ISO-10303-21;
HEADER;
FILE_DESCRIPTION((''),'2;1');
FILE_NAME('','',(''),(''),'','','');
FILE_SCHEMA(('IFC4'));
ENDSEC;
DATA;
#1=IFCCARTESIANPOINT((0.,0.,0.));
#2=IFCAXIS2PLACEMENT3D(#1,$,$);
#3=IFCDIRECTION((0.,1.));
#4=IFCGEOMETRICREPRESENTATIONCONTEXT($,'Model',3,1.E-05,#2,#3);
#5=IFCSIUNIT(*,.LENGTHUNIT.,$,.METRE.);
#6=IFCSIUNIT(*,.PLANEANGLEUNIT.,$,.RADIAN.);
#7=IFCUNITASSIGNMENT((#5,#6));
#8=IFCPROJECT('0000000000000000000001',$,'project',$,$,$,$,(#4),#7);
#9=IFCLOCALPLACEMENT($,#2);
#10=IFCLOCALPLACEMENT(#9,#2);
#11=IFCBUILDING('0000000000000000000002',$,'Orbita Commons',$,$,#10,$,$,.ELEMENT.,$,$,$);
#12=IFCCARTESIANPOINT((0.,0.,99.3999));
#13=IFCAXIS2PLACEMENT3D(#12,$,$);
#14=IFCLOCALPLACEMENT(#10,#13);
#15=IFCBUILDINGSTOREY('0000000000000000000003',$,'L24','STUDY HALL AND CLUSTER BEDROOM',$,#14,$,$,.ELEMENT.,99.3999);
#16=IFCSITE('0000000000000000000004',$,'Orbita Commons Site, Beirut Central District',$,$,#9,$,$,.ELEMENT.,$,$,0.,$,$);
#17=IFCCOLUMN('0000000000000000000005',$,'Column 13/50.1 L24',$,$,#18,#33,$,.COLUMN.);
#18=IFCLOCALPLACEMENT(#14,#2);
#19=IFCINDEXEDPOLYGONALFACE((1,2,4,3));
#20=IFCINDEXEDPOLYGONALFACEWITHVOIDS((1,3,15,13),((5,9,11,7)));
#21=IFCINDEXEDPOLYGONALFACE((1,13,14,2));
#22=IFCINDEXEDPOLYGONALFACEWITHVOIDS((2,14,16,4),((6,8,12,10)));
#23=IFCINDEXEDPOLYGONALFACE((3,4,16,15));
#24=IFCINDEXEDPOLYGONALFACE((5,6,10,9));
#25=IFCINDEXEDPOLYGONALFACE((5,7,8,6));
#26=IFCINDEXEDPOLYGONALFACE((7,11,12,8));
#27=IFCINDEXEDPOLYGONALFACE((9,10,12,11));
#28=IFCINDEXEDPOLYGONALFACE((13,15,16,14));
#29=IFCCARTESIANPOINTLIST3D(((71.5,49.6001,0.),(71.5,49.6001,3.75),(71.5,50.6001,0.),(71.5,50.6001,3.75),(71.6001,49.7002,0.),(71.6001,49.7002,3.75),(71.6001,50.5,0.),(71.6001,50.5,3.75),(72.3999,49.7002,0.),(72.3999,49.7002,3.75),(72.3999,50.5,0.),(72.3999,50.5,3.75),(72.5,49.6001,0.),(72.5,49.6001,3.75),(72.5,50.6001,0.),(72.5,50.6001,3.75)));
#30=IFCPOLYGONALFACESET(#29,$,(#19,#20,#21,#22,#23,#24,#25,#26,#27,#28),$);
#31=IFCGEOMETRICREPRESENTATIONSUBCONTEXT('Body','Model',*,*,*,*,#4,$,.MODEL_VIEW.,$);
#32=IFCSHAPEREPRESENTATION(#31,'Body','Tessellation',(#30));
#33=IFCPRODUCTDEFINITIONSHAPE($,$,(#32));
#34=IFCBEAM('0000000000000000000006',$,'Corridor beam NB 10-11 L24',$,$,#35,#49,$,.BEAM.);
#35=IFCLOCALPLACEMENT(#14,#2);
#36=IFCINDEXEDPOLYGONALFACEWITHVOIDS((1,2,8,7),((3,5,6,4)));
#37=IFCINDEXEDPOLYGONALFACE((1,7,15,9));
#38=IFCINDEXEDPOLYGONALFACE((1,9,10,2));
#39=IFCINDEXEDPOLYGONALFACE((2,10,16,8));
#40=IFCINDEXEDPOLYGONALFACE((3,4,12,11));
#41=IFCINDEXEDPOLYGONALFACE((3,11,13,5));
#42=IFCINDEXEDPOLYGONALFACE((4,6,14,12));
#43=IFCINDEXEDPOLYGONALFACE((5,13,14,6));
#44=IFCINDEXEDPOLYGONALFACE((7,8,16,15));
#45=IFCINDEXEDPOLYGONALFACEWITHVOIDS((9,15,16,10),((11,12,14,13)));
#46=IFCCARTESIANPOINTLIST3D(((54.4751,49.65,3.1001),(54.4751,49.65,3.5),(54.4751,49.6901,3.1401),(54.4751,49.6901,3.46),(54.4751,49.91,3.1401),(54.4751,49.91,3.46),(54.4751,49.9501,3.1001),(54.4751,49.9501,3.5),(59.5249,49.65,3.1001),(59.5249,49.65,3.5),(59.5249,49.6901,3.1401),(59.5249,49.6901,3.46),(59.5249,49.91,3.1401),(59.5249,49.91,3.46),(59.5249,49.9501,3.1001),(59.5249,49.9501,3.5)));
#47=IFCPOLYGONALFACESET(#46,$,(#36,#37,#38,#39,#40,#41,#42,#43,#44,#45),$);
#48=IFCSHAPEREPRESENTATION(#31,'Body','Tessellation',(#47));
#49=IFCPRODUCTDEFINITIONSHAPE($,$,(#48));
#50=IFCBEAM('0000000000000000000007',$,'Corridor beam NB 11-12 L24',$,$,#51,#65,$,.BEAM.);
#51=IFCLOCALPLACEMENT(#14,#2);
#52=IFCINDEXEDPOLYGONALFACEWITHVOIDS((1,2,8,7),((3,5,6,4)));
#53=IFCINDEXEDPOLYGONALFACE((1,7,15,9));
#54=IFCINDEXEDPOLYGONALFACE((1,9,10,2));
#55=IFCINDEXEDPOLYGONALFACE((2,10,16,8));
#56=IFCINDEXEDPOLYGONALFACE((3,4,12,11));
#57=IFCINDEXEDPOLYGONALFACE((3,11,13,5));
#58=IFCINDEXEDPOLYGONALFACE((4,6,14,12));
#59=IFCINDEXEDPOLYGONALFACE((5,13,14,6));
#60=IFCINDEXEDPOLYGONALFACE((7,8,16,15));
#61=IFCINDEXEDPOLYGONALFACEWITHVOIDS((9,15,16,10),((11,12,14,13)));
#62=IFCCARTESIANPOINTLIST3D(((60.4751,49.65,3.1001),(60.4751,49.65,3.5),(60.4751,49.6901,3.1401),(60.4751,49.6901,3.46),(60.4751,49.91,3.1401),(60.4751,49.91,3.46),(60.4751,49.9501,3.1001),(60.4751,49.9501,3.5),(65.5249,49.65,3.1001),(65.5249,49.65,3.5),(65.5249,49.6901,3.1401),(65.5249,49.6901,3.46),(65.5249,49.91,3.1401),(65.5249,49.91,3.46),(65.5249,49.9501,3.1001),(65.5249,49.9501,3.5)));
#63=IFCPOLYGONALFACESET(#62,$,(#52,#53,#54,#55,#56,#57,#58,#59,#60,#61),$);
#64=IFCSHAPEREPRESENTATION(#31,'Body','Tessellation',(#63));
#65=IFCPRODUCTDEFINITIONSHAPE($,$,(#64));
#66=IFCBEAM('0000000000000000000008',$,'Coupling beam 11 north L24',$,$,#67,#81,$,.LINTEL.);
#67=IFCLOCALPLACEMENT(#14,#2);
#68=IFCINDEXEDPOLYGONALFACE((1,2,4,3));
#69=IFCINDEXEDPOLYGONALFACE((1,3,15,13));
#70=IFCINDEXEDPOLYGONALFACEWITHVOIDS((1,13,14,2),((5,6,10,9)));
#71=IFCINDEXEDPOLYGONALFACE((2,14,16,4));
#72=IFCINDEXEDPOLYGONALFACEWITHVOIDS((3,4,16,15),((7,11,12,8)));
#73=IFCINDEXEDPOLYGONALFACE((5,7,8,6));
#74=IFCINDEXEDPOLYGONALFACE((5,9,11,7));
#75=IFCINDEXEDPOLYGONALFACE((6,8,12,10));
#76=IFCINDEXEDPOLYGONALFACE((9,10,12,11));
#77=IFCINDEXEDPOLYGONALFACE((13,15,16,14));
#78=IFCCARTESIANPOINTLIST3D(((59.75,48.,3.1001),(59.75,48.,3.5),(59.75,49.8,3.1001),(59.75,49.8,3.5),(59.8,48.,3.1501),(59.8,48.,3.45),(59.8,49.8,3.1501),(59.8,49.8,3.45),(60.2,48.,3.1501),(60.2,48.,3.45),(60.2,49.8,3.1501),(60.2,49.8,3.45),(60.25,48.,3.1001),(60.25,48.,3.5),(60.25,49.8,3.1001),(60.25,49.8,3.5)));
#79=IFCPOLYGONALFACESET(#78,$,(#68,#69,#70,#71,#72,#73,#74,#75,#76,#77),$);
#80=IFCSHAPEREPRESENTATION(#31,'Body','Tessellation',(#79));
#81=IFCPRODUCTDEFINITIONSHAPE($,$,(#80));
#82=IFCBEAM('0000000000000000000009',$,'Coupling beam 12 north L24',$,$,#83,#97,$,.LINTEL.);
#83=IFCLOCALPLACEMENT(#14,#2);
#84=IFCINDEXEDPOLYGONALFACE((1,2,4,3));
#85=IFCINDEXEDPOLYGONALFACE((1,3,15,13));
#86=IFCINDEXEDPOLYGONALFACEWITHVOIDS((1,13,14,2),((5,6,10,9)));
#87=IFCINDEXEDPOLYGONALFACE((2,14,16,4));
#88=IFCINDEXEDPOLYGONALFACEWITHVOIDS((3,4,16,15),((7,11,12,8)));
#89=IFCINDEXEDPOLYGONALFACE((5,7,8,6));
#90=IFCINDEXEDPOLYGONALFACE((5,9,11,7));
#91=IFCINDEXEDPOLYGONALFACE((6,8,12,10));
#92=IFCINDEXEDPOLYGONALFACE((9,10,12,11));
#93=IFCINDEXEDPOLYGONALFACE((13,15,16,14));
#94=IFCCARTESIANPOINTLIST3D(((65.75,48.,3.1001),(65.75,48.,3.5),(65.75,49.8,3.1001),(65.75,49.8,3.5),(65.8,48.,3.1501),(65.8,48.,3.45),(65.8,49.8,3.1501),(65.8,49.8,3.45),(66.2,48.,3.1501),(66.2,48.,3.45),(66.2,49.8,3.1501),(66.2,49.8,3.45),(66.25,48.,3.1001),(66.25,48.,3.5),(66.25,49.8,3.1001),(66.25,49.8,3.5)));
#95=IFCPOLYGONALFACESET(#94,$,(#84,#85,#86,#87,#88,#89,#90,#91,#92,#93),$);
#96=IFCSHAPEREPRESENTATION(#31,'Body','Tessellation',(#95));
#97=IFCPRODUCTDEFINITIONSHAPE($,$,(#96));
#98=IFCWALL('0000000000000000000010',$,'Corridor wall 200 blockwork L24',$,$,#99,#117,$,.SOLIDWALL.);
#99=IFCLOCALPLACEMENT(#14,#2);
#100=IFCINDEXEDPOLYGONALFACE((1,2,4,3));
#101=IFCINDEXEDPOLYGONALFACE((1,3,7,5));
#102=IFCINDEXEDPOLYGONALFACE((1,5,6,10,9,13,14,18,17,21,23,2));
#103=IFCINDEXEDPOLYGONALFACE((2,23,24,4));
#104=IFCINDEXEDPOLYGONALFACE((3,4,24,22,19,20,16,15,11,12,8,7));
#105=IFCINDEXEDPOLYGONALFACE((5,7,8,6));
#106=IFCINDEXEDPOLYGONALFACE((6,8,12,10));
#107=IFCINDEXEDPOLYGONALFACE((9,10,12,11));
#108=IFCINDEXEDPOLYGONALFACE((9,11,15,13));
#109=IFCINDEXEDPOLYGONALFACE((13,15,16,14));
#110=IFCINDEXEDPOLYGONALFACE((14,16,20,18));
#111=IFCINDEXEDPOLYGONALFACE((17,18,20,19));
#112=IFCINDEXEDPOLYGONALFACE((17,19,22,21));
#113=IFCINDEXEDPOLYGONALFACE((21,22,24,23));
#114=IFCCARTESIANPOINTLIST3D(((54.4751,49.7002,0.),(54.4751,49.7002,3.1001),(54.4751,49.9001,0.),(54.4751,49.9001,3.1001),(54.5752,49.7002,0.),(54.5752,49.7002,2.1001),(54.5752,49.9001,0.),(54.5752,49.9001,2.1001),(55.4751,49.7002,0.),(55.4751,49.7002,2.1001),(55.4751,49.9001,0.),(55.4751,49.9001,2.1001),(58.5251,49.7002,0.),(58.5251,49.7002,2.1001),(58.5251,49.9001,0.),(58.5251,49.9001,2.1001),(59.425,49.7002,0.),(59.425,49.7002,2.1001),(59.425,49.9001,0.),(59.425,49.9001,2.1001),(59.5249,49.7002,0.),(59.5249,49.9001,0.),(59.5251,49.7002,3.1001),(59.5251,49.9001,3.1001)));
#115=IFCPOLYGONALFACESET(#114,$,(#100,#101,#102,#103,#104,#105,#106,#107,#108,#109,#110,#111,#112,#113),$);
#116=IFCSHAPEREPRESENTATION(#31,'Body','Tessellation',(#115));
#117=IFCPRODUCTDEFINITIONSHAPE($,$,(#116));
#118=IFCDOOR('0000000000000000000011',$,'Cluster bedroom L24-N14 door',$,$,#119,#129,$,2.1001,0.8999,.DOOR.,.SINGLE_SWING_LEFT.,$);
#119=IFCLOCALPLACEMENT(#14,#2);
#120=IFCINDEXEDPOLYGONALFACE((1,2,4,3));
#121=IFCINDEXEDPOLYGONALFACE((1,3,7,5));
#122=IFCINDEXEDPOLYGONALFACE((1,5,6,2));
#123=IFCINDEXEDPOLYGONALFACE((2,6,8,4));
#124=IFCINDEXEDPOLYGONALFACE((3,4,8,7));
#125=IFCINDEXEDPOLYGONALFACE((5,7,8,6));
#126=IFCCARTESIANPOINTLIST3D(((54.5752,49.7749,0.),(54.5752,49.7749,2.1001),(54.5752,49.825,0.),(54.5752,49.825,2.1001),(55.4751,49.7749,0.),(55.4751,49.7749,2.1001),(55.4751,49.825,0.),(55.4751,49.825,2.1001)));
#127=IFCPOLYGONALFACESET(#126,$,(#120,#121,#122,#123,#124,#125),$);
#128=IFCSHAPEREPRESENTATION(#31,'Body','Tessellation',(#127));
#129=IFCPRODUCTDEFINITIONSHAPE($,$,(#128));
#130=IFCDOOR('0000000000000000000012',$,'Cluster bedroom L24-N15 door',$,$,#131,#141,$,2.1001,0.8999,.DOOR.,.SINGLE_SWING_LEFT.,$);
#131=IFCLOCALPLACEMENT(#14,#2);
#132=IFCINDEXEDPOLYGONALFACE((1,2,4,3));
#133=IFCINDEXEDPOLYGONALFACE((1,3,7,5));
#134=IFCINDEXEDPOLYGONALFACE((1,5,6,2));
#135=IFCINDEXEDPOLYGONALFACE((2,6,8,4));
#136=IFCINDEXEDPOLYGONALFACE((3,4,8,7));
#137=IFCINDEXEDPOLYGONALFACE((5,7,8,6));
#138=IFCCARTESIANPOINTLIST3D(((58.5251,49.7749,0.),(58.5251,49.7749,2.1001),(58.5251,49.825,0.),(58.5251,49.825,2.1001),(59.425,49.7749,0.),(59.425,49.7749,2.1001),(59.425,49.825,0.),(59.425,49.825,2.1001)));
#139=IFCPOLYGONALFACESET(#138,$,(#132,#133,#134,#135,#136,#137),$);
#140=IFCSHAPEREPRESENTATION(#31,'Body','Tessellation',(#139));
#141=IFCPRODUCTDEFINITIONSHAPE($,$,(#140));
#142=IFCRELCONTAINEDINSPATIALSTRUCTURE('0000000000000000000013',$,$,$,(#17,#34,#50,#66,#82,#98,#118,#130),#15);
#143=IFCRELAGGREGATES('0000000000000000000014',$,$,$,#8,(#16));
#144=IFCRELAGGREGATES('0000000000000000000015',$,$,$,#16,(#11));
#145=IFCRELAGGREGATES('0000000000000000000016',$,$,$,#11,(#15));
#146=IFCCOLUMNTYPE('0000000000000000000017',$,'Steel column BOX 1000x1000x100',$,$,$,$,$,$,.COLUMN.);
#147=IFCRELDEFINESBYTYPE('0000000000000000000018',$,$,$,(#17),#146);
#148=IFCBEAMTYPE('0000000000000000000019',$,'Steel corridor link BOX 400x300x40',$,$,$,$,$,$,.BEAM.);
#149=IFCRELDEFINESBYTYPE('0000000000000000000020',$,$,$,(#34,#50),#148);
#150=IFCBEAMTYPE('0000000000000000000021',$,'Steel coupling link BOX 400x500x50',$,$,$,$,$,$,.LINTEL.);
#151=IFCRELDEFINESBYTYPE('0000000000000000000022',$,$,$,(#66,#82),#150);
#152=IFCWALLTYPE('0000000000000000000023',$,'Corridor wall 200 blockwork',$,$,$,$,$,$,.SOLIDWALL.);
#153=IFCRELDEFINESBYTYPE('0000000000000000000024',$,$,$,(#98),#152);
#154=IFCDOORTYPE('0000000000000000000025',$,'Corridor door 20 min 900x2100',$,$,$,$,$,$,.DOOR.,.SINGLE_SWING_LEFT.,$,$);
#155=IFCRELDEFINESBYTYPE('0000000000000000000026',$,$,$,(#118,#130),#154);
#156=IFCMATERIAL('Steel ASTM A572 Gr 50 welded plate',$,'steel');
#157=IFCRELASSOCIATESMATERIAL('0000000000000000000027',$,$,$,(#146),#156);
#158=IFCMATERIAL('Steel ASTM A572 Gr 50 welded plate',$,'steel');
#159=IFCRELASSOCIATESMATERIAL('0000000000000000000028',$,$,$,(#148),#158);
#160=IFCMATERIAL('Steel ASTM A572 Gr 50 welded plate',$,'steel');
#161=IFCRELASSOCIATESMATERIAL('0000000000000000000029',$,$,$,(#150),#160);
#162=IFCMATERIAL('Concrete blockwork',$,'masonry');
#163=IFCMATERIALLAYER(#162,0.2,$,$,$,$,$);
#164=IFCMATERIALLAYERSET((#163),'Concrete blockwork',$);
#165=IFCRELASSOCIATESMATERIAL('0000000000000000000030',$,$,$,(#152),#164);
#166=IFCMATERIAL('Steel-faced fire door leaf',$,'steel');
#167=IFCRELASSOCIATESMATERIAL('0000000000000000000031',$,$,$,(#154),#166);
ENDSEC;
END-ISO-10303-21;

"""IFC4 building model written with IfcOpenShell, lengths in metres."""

from ifc_helpers import new_model, si_unit, direction, frame, frame_2d, origin, origin_2d, place, context, subcontext, project, spatial, polyline, rectangle, hollow_rectangle, outline, extrude, material, layer, layer_set, material_profile, profile_set, type_object, element, fill, save


model = new_model("IFC4")

# Units and contexts
model_context = context("Model", 3, precision=1e-05, world=origin(), true_north=direction((0.0, 1.0)))
body_context = subcontext(model_context, "Body", "Model", "MODEL_VIEW")
ifc_project = project(units=[si_unit("LENGTHUNIT", "METRE"), si_unit("PLANEANGLEUNIT", "RADIAN")], contexts=[model_context])

# Site, building, storey
site_placement = place(None, origin())
site = spatial("IfcSite", under=ifc_project, at=site_placement, Name="Orbita Commons Site, Beirut Central District", CompositionType="ELEMENT", RefElevation=0.0)
building_placement = place(site_placement, origin())
building = spatial("IfcBuilding", under=site, at=building_placement, Name="Orbita Commons", CompositionType="ELEMENT")
storey_placement = place(building_placement, frame((0.0, 0.0, 99.3999)))
storey = spatial("IfcBuildingStorey", under=building, at=storey_placement, Name="L24", Description="STUDY HALL AND CLUSTER BEDROOM", CompositionType="ELEMENT", Elevation=99.3999)

# Column
ifc_material_1 = material(Name="Steel ASTM A572 Gr 50 welded plate", Category="steel")
ifc_material_profile_1 = material_profile(ifc_material_1, hollow_rectangle(XDim=1.0, YDim=1.0, WallThickness=0.1001, at=origin_2d()), Name="BOX 1000x1000x100")
ifc_profile_set_1 = profile_set([ifc_material_profile_1], Name="Steel ASTM A572 Gr 50 welded plate")
column_type = type_object("IfcColumnType", Name="Steel column BOX 1000x1000x100", PredefinedType="COLUMN", material=ifc_profile_set_1)
column_placement = place(storey_placement, frame((72.0, 50.1001, 0.0), z_axis=(0.0, 0.0, 1.0), x_axis=(1.0, 0.0, 0.0)))
element("IfcColumn", 1, at=column_placement, inside=storey, type_object=column_type, Name="Column 13/50.1 L24", PredefinedType="COLUMN", context=body_context, shape_type="SweptSolid", body=[
    extrude(hollow_rectangle(XDim=1.0, YDim=1.0, WallThickness=0.1001, at=origin_2d()), origin(), (0.0, 0.0, 1.0), 3.75),
])

# Beams
ifc_material_2 = material(Name="Steel ASTM A572 Gr 50 welded plate", Category="steel")
ifc_material_profile_2 = material_profile(ifc_material_2, hollow_rectangle(XDim=0.3, YDim=0.3999, WallThickness=0.04, at=origin_2d()), Name="BOX 400x300x40")
ifc_profile_set_2 = profile_set([ifc_material_profile_2], Name="Steel ASTM A572 Gr 50 welded plate")
beam_type_1 = type_object("IfcBeamType", Name="Steel corridor link BOX 400x300x40", PredefinedType="BEAM", material=ifc_profile_set_2)
for number, where, z_axis, x_axis, name in (
    (2, (54.4751, 49.8, 3.3), (1.0, 0.0, 0.0), (0.0, 1.0, 0.0), "Corridor beam NB 10-11 L24"),
    (3, (60.4751, 49.8, 3.3), (1.0, 0.0, 0.0), (0.0, 1.0, 0.0), "Corridor beam NB 11-12 L24"),
):
    element("IfcBeam", number, at=place(storey_placement, frame(where, z_axis=z_axis, x_axis=x_axis)), inside=storey, type_object=beam_type_1, Name=name, PredefinedType="BEAM", context=body_context, shape_type="SweptSolid", body=[
        extrude(hollow_rectangle(XDim=0.3, YDim=0.3999, WallThickness=0.04, at=origin_2d()), origin(), (0.0, 0.0, 1.0), 5.0498),
    ])
ifc_material_3 = material(Name="Steel ASTM A572 Gr 50 welded plate", Category="steel")
ifc_material_profile_3 = material_profile(ifc_material_3, hollow_rectangle(XDim=0.5, YDim=0.3999, WallThickness=0.05, at=origin_2d()), Name="BOX 400x500x50")
ifc_profile_set_3 = profile_set([ifc_material_profile_3], Name="Steel ASTM A572 Gr 50 welded plate")
beam_type_2 = type_object("IfcBeamType", Name="Steel coupling link BOX 400x500x50", PredefinedType="LINTEL", material=ifc_profile_set_3)
for number, where, z_axis, x_axis, name in (
    (4, (60.0, 48.0, 3.3), (0.0, 1.0, 0.0), (-1.0, 0.0, 0.0), "Coupling beam 11 north L24"),
    (5, (66.0, 48.0, 3.3), (0.0, 1.0, 0.0), (-1.0, 0.0, 0.0), "Coupling beam 12 north L24"),
):
    element("IfcBeam", number, at=place(storey_placement, frame(where, z_axis=z_axis, x_axis=x_axis)), inside=storey, type_object=beam_type_2, Name=name, PredefinedType="LINTEL", context=body_context, shape_type="SweptSolid", body=[
        extrude(hollow_rectangle(XDim=0.5, YDim=0.3999, WallThickness=0.05, at=origin_2d()), origin(), (0.0, 0.0, 1.0), 1.8),
    ])

# Wall, openings, doors
ifc_material_4 = material(Name="Concrete blockwork", Category="masonry")
ifc_layer_1 = layer(ifc_material_4, 0.2)
ifc_layer_set_1 = layer_set([ifc_layer_1], Name="Concrete blockwork")
wall_type_1 = type_object("IfcWallType", Name="Corridor wall 200 blockwork", PredefinedType="SOLIDWALL", material=ifc_layer_set_1)
wall_1_placement = place(storey_placement, frame((54.4751, 49.8, 0.0), z_axis=(0.0, 0.0, 1.0), x_axis=(1.0, 0.0, 0.0)))
wall_1 = element("IfcWall", 6, at=wall_1_placement, inside=storey, type_object=wall_type_1, Name="Corridor wall 200 blockwork L24", PredefinedType="SOLIDWALL", context=body_context, shape_type="SweptSolid", body=[
    extrude(outline(polyline([(0.0, 0.0), (5.0498, 0.0), (5.05, 3.1001), (0.0, 3.1001), (0.0, 0.0)])), frame((0.0, 0.1001, 0.0), z_axis=(0.0, -1.0, 0.0), x_axis=(1.0, 0.0, 0.0)), (0.0, 0.0, 1.0), 0.2),
])
opening_1_placement = place(wall_1_placement, frame((0.1001, 0.0, 0.0)))
opening_1 = element("IfcOpeningElement", 7, at=opening_1_placement, cuts=wall_1, PredefinedType="OPENING", context=body_context, shape_type="SweptSolid", body=[
    extrude(rectangle(XDim=0.8999, YDim=2.1001, at=frame_2d((0.45, 1.05))), frame((0.0, 0.1099, 0.0), z_axis=(0.0, -1.0, 0.0), x_axis=(1.0, 0.0, 0.0)), (0.0, 0.0, 1.0), 0.22),
])
opening_2_placement = place(wall_1_placement, frame((4.05, 0.0, 0.0)))
opening_2 = element("IfcOpeningElement", 8, at=opening_2_placement, cuts=wall_1, PredefinedType="OPENING", context=body_context, shape_type="SweptSolid", body=[
    extrude(rectangle(XDim=0.8999, YDim=2.1001, at=frame_2d((0.45, 1.05))), frame((0.0, 0.1099, 0.0), z_axis=(0.0, -1.0, 0.0), x_axis=(1.0, 0.0, 0.0)), (0.0, 0.0, 1.0), 0.22),
])
ifc_material_5 = material(Name="Steel-faced fire door leaf", Category="steel")
door_type_1 = type_object("IfcDoorType", Name="Corridor door 20 min 900x2100", OperationType="SINGLE_SWING_LEFT", PredefinedType="DOOR", material=ifc_material_5)
door_1_placement = place(opening_1_placement, origin())
door_1 = element("IfcDoor", 9, at=door_1_placement, inside=storey, type_object=door_type_1, Name="Cluster bedroom L24-N14 door", OperationType="SINGLE_SWING_LEFT", OverallHeight=2.1001, OverallWidth=0.8999, PredefinedType="DOOR", context=body_context, shape_type="SweptSolid", body=[
    extrude(rectangle(XDim=0.8999, YDim=2.1001, at=frame_2d((0.45, 1.05))), frame((0.0, 0.0249, 0.0), z_axis=(0.0, -1.0, 0.0), x_axis=(1.0, 0.0, 0.0)), (0.0, 0.0, 1.0), 0.05),
])
fill(opening_1, door_1)
door_2_placement = place(opening_2_placement, origin())
door_2 = element("IfcDoor", 10, at=door_2_placement, inside=storey, type_object=door_type_1, Name="Cluster bedroom L24-N15 door", OperationType="SINGLE_SWING_LEFT", OverallHeight=2.1001, OverallWidth=0.8999, PredefinedType="DOOR", context=body_context, shape_type="SweptSolid", body=[
    extrude(rectangle(XDim=0.8999, YDim=2.1001, at=frame_2d((0.45, 1.05))), frame((0.0, 0.0249, 0.0), z_axis=(0.0, -1.0, 0.0), x_axis=(1.0, 0.0, 0.0)), (0.0, 0.0, 1.0), 0.05),
])
fill(opening_2, door_2)

save(model, "model.ifc")
